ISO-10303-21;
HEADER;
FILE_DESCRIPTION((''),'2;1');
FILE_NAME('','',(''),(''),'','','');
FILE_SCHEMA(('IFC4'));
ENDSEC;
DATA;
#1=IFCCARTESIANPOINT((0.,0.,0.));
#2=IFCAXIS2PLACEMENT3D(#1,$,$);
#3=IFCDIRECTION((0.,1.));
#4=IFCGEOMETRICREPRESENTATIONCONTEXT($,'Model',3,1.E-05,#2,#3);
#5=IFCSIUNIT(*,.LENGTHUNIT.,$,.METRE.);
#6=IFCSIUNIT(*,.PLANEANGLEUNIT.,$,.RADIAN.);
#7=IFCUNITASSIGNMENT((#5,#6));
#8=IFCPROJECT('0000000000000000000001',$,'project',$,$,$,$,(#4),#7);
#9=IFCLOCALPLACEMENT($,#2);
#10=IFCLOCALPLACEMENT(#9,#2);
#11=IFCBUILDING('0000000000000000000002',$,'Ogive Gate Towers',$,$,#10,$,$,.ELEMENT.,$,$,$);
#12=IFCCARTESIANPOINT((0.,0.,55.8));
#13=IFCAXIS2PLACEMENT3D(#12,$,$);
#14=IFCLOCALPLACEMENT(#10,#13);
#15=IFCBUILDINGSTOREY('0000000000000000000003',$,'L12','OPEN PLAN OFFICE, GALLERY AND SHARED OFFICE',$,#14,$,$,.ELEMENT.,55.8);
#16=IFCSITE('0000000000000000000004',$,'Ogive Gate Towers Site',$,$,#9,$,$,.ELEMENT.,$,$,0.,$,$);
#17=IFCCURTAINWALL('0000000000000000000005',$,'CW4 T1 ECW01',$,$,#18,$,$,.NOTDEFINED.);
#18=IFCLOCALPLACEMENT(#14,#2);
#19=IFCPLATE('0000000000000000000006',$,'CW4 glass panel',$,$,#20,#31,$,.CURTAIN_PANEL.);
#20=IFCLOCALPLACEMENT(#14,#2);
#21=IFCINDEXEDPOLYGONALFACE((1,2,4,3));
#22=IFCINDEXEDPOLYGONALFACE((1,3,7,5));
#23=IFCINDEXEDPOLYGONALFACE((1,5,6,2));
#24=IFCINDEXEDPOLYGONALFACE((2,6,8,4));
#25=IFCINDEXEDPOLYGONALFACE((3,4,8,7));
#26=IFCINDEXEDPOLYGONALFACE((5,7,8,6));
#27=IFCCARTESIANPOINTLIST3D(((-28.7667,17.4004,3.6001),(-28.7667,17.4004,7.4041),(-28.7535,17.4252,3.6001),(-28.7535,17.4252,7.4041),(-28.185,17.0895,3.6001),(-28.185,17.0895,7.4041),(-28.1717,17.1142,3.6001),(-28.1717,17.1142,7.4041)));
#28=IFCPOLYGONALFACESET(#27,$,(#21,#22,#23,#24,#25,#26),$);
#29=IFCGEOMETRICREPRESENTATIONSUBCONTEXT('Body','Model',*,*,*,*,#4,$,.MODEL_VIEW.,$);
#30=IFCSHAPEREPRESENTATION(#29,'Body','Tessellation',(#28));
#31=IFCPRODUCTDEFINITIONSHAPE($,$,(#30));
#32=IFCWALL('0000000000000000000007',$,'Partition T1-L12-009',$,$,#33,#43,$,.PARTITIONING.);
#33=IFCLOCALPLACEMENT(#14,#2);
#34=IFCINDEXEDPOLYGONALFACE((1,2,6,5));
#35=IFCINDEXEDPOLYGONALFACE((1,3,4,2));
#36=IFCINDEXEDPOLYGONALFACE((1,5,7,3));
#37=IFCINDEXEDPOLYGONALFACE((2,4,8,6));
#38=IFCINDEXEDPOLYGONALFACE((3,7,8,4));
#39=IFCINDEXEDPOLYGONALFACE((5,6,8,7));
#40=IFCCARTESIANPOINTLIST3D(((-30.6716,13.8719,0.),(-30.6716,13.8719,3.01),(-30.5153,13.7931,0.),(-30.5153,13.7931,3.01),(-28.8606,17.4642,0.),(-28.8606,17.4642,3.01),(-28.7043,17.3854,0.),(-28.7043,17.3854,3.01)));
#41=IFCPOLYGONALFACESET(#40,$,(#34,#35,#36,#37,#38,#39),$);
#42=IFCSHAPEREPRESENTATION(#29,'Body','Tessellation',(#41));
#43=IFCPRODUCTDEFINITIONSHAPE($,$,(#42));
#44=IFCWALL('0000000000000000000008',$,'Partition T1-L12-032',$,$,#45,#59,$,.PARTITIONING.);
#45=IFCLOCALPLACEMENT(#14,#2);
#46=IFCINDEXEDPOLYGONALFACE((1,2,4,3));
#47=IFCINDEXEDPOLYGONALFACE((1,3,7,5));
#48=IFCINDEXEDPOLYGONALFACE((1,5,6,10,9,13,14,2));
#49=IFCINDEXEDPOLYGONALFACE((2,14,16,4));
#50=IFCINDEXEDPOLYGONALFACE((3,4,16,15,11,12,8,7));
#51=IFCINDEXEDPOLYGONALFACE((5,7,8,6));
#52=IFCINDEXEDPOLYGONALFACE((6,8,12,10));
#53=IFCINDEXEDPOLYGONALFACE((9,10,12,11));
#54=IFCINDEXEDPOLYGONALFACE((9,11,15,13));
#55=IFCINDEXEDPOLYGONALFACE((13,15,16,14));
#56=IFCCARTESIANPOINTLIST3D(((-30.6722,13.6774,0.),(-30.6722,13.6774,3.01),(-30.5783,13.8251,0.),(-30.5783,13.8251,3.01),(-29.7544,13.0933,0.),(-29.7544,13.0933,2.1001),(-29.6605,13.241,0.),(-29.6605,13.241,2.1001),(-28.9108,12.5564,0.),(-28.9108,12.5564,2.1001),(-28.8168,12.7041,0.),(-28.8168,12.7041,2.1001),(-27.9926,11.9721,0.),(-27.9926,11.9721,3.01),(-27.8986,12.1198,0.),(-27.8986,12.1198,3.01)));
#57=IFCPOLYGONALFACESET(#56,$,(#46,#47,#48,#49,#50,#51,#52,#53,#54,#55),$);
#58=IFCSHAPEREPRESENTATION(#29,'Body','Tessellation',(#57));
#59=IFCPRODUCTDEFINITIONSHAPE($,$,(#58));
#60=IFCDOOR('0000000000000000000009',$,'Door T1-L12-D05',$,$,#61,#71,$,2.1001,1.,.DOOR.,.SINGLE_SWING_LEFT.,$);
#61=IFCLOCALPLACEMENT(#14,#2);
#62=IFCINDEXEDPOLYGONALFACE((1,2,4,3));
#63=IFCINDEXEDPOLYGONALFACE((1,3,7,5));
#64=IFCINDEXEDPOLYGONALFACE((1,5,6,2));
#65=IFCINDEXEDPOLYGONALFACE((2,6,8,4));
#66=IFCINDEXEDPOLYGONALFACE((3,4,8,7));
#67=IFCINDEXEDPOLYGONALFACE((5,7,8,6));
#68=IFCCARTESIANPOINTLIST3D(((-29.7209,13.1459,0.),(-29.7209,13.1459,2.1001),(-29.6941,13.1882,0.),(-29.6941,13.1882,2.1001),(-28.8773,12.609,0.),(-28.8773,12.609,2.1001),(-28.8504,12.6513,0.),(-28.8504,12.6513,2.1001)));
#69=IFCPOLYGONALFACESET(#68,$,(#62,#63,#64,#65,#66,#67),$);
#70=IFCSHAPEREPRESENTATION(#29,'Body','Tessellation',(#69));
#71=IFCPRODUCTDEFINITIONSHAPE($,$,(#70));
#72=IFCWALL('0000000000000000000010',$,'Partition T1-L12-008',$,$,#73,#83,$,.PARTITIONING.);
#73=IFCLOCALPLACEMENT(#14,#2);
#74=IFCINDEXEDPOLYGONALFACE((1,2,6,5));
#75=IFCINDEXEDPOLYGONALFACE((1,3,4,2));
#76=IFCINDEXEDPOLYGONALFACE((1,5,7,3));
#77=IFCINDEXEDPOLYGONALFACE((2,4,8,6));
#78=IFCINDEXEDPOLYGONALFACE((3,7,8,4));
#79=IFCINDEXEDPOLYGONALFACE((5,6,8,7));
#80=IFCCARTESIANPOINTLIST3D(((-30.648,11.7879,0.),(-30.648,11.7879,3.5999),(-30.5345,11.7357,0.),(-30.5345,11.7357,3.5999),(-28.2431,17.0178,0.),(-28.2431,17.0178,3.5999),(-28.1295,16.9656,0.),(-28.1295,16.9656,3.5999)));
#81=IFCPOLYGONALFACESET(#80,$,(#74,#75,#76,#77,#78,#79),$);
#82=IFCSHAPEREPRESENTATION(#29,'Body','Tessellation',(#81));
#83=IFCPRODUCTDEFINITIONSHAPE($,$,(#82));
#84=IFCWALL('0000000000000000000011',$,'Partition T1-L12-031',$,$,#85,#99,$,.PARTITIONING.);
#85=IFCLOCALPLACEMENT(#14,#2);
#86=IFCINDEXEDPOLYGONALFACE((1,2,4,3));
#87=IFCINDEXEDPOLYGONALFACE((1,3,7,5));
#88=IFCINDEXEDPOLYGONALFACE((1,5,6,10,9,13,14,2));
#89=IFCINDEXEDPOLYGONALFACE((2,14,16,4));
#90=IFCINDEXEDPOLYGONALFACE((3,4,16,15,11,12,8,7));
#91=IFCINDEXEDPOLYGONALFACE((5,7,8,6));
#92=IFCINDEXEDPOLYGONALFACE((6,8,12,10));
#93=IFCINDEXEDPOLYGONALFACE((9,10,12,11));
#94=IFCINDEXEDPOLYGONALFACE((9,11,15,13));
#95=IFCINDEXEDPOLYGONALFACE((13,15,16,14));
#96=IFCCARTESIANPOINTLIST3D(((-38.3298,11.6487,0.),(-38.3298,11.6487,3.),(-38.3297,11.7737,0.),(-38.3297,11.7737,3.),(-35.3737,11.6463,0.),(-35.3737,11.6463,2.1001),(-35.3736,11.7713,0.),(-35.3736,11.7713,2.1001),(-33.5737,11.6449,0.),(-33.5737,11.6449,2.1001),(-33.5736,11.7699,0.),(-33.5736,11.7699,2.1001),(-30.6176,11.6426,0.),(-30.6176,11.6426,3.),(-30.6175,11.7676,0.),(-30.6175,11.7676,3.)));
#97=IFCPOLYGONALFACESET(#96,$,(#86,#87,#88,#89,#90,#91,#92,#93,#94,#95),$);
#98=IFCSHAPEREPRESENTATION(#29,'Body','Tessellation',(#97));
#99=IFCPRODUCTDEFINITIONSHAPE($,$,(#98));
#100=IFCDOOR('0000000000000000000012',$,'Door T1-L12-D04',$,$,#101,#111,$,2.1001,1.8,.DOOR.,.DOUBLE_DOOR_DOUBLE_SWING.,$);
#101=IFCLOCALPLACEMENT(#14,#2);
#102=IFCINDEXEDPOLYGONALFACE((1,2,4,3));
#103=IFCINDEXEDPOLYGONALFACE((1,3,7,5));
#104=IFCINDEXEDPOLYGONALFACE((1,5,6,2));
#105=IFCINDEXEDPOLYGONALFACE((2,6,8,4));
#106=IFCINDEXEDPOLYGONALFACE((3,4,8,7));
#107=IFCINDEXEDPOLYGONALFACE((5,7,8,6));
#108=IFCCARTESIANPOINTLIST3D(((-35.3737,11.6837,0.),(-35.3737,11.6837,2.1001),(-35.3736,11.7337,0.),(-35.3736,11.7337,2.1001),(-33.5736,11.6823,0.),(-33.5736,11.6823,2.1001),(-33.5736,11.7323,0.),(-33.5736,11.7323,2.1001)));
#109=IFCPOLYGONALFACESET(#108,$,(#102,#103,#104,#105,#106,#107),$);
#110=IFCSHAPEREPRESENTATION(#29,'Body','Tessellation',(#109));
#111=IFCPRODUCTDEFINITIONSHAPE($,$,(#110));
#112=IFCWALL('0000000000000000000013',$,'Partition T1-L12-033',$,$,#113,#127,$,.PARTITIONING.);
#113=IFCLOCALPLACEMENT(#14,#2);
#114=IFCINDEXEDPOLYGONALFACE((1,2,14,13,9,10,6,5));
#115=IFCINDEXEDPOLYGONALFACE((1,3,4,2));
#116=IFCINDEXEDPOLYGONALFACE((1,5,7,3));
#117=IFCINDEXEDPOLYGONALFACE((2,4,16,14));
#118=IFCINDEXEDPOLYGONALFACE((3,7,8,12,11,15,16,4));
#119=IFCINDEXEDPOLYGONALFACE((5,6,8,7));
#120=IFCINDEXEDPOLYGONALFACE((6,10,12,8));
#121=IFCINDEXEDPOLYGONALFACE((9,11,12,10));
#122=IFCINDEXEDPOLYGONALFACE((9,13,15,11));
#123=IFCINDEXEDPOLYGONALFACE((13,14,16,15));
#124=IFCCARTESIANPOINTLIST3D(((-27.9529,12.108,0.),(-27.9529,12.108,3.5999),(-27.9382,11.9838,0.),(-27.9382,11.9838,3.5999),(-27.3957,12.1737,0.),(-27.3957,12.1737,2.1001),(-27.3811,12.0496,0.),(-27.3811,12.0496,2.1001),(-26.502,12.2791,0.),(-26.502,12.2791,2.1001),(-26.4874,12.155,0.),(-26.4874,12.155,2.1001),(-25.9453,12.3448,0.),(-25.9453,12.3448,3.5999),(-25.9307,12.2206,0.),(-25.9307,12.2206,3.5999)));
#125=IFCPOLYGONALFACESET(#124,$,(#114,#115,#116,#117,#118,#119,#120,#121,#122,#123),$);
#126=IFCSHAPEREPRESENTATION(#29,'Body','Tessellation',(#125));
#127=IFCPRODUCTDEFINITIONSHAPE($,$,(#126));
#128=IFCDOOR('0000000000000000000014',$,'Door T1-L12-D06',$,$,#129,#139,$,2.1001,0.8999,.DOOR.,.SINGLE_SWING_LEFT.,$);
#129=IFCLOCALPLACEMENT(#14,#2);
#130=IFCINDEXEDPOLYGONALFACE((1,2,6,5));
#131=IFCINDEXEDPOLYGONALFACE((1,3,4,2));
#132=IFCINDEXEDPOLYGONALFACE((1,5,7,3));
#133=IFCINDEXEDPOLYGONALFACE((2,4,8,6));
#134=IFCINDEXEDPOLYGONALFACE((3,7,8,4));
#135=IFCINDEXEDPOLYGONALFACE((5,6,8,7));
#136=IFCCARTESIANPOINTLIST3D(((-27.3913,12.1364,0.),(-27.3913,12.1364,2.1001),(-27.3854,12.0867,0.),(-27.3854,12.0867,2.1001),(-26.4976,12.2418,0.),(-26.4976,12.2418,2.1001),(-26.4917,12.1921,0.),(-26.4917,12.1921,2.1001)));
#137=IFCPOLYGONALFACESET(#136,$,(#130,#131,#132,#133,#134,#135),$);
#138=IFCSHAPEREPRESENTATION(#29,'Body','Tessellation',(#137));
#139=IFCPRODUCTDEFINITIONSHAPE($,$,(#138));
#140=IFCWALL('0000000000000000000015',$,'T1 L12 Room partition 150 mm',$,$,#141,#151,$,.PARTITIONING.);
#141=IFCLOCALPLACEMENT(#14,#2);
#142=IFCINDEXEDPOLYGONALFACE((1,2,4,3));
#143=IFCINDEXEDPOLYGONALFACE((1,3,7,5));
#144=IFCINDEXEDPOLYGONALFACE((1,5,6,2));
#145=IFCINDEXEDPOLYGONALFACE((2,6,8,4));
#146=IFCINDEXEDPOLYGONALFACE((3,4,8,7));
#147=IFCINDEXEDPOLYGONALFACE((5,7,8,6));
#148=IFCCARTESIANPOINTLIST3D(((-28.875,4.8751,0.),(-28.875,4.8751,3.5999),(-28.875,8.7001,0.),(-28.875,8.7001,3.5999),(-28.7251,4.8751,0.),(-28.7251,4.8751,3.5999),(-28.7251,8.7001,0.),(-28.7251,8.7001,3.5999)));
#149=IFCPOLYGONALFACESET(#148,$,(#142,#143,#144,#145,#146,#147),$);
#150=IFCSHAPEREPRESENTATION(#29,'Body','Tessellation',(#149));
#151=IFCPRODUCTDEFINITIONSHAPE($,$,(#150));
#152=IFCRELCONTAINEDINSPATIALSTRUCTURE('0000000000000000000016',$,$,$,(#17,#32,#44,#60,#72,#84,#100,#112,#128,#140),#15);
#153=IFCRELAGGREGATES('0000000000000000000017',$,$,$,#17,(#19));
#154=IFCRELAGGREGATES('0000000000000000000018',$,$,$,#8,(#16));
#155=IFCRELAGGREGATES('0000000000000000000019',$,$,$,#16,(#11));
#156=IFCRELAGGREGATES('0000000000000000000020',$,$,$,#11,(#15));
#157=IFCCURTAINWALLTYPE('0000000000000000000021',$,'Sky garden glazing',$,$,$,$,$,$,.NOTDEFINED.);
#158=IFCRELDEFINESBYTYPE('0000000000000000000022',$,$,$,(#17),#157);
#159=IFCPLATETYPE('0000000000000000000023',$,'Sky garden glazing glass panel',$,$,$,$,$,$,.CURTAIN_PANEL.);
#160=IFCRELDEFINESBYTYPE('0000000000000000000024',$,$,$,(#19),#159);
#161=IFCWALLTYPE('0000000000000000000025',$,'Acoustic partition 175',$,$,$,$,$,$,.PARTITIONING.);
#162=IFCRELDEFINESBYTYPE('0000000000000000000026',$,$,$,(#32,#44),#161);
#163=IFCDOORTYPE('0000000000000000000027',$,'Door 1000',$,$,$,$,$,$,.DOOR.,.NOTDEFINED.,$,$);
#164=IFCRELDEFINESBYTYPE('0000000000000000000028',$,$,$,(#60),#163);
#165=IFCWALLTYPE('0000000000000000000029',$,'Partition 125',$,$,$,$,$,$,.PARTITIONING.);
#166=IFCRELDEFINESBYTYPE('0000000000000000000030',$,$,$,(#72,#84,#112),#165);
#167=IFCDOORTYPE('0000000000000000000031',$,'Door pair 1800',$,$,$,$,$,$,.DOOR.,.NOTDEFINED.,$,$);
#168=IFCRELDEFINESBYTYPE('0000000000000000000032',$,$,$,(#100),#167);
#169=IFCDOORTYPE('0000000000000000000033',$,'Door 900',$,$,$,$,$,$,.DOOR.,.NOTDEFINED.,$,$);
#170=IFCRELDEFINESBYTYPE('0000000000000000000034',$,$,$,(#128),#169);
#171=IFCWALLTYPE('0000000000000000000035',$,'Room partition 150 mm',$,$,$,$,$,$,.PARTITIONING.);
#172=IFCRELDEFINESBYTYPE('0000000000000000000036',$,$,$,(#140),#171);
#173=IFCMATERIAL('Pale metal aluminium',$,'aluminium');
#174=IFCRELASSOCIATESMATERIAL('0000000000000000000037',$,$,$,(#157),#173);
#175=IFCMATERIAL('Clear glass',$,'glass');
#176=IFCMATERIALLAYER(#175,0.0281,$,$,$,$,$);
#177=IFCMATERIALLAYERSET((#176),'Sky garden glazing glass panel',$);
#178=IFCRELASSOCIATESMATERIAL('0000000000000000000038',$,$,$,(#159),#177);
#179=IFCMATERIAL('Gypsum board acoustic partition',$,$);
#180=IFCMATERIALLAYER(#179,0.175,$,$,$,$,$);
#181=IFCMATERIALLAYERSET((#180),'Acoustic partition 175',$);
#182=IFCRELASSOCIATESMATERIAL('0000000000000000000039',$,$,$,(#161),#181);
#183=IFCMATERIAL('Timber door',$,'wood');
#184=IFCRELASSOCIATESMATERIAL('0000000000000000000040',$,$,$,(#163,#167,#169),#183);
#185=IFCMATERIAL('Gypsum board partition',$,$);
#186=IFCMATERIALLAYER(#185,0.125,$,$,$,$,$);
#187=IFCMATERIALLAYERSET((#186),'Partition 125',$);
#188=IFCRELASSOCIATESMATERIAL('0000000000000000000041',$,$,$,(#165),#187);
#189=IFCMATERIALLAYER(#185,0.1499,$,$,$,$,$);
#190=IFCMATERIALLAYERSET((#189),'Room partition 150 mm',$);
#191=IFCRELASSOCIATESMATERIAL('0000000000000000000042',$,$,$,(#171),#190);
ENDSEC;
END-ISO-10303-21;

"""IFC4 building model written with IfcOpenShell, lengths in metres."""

from ifc_helpers import new_model, si_unit, direction, frame, frame_2d, origin, origin_2d, place, context, subcontext, project, spatial, rectangle, extrude, material, layer, layer_set, type_object, element, fill, aggregate, save


model = new_model("IFC4")

# Units and contexts
model_context = context("Model", 3, precision=1e-05, world=origin(), true_north=direction((0.0, 1.0)))
body_context = subcontext(model_context, "Body", "Model", "MODEL_VIEW")
ifc_project = project(units=[si_unit("LENGTHUNIT", "METRE"), si_unit("PLANEANGLEUNIT", "RADIAN")], contexts=[model_context])

# Site, building, storey
site_placement = place(None, origin())
site = spatial("IfcSite", under=ifc_project, at=site_placement, Name="Ogive Gate Towers Site", CompositionType="ELEMENT", RefElevation=0.0)
building_placement = place(site_placement, origin())
building = spatial("IfcBuilding", under=site, at=building_placement, Name="Ogive Gate Towers", CompositionType="ELEMENT")
storey_placement = place(building_placement, frame((0.0, 0.0, 55.8)))
storey = spatial("IfcBuildingStorey", under=building, at=storey_placement, Name="L12", Description="OPEN PLAN OFFICE, GALLERY AND SHARED OFFICE", CompositionType="ELEMENT", Elevation=55.8)

# Curtain wall
ifc_material_1 = material(Name="Pale metal aluminium", Category="aluminium")
curtain_wall_type = type_object("IfcCurtainWallType", Name="Sky garden glazing", PredefinedType="NOTDEFINED", material=ifc_material_1)
curtain_wall_placement = place(storey_placement, origin())
curtain_wall = element("IfcCurtainWall", 1, at=curtain_wall_placement, inside=storey, type_object=curtain_wall_type, Name="CW4 T1 ECW01", PredefinedType="NOTDEFINED")

# Plate
ifc_material_2 = material(Name="Clear glass", Category="glass")
ifc_layer_1 = layer(ifc_material_2, 0.0281)
ifc_layer_set_1 = layer_set([ifc_layer_1], Name="Sky garden glazing glass panel")
plate_type = type_object("IfcPlateType", Name="Sky garden glazing glass panel", PredefinedType="CURTAIN_PANEL", material=ifc_layer_set_1)
plate_1_placement = place(storey_placement, frame((-28.4692, 17.2573, 3.6001), z_axis=(0.0, 0.0, 1.0), x_axis=(0.881905, -0.471428, 0.0)))
plate_1 = element("IfcPlate", 2, at=plate_1_placement, type_object=plate_type, Name="CW4 glass panel", PredefinedType="CURTAIN_PANEL", context=body_context, shape_type="SweptSolid", body=[
    extrude(rectangle(XDim=0.6597, YDim=0.0281, at=origin_2d()), origin(), (0.0, 0.0, 1.0), 3.804),
])
aggregate(curtain_wall, [plate_1])

# Wall
ifc_material_3 = material(Name="Gypsum board acoustic partition")
ifc_layer_2 = layer(ifc_material_3, 0.175)
ifc_layer_set_2 = layer_set([ifc_layer_2], Name="Acoustic partition 175")
wall_type_1 = type_object("IfcWallType", Name="Acoustic partition 175", PredefinedType="PARTITIONING", material=ifc_layer_set_2)
wall_1_placement = place(storey_placement, frame((-28.7825, 17.4248, 0.0), z_axis=(0.0, 0.0, 1.0), x_axis=(-0.450173, -0.892942, 0.0)))
element("IfcWall", 3, at=wall_1_placement, inside=storey, type_object=wall_type_1, Name="Partition T1-L12-009", PredefinedType="PARTITIONING", context=body_context, shape_type="SweptSolid", body=[
    extrude(rectangle(XDim=4.0229, YDim=0.175, at=frame_2d((2.0115, 0.0))), origin(), (0.0, 0.0, 1.0), 3.01),
])

# Wall, opening, door
wall_2_placement = place(storey_placement, frame((-30.6252, 13.7512, 0.0), z_axis=(0.0, 0.0, 1.0), x_axis=(0.843652, -0.53689, 0.0)))
wall_2 = element("IfcWall", 4, at=wall_2_placement, inside=storey, type_object=wall_type_1, Name="Partition T1-L12-032", PredefinedType="PARTITIONING", context=body_context, shape_type="SweptSolid", body=[
    extrude(rectangle(XDim=3.1763, YDim=0.175, at=frame_2d((1.5881, 0.0))), origin(), (0.0, 0.0, 1.0), 3.01),
])
opening_1_placement = place(wall_2_placement, frame((1.0879, 0.0, 0.0)))
opening_1 = element("IfcOpeningElement", 5, at=opening_1_placement, cuts=wall_2, PredefinedType="OPENING", context=body_context, shape_type="SweptSolid", body=[
    extrude(rectangle(XDim=1.0, YDim=2.1001, at=frame_2d((0.5, 1.05))), frame((0.0, 0.0977, 0.0), z_axis=(0.0, -1.0, 0.0), x_axis=(1.0, 0.0, 0.0)), (0.0, 0.0, 1.0), 0.1951),
])
ifc_material_4 = material(Name="Timber door", Category="wood")
door_type_1 = type_object("IfcDoorType", Name="Door 1000", OperationType="NOTDEFINED", PredefinedType="DOOR", material=ifc_material_4)
door_1_placement = place(opening_1_placement, origin())
door_1 = element("IfcDoor", 6, at=door_1_placement, inside=storey, type_object=door_type_1, Name="Door T1-L12-D05", OperationType="SINGLE_SWING_LEFT", OverallHeight=2.1001, OverallWidth=1.0, PredefinedType="DOOR", context=body_context, shape_type="SweptSolid", body=[
    extrude(rectangle(XDim=1.0, YDim=2.1001, at=frame_2d((0.5, 1.05))), frame((0.0, 0.0249, 0.0), z_axis=(0.0, -1.0, 0.0), x_axis=(1.0, 0.0, 0.0)), (0.0, 0.0, 1.0), 0.05),
])
fill(opening_1, door_1)

# Wall
ifc_material_5 = material(Name="Gypsum board partition")
ifc_layer_3 = layer(ifc_material_5, 0.125)
ifc_layer_set_3 = layer_set([ifc_layer_3], Name="Partition 125")
wall_type_2 = type_object("IfcWallType", Name="Partition 125", PredefinedType="PARTITIONING", material=ifc_layer_set_3)
wall_3_placement = place(storey_placement, frame((-28.1863, 16.9917, 0.0), z_axis=(0.0, 0.0, 1.0), x_axis=(-0.417796, -0.908541, 0.0)))
element("IfcWall", 7, at=wall_3_placement, inside=storey, type_object=wall_type_2, Name="Partition T1-L12-008", PredefinedType="PARTITIONING", context=body_context, shape_type="SweptSolid", body=[
    extrude(rectangle(XDim=5.7563, YDim=0.125, at=frame_2d((2.8782, 0.0))), origin(), (0.0, 0.0, 1.0), 3.5999),
])

# Walls, openings, doors
wall_4_placement = place(storey_placement, frame((-38.3296, 11.7112, 0.0), z_axis=(0.0, 0.0, 1.0), x_axis=(1.0, -0.000791, 0.0)))
wall_4 = element("IfcWall", 8, at=wall_4_placement, inside=storey, type_object=wall_type_2, Name="Partition T1-L12-031", PredefinedType="PARTITIONING", context=body_context, shape_type="SweptSolid", body=[
    extrude(rectangle(XDim=7.7122, YDim=0.125, at=frame_2d((3.856, 0.0))), origin(), (0.0, 0.0, 1.0), 3.0),
])
opening_2_placement = place(wall_4_placement, frame((2.9561, 0.0, 0.0)))
opening_2 = element("IfcOpeningElement", 9, at=opening_2_placement, cuts=wall_4, PredefinedType="OPENING", context=body_context, shape_type="SweptSolid", body=[
    extrude(rectangle(XDim=1.8, YDim=2.1001, at=frame_2d((0.8999, 1.05))), frame((0.0, 0.0725, 0.0), z_axis=(0.0, -1.0, 0.0), x_axis=(1.0, 0.0, 0.0)), (0.0, 0.0, 1.0), 0.145),
])
door_type_2 = type_object("IfcDoorType", Name="Door pair 1800", OperationType="NOTDEFINED", PredefinedType="DOOR", material=ifc_material_4)
door_2_placement = place(opening_2_placement, origin())
door_2 = element("IfcDoor", 10, at=door_2_placement, inside=storey, type_object=door_type_2, Name="Door T1-L12-D04", OperationType="DOUBLE_DOOR_DOUBLE_SWING", OverallHeight=2.1001, OverallWidth=1.8, PredefinedType="DOOR", context=body_context, shape_type="SweptSolid", body=[
    extrude(rectangle(XDim=1.8, YDim=2.1001, at=frame_2d((0.8999, 1.05))), frame((0.0, 0.0249, 0.0), z_axis=(0.0, -1.0, 0.0), x_axis=(1.0, 0.0, 0.0)), (0.0, 0.0, 1.0), 0.05),
])
fill(opening_2, door_2)
wall_5_placement = place(storey_placement, frame((-27.9456, 12.0459, 0.0), z_axis=(0.0, 0.0, 1.0), x_axis=(0.993114, 0.11715, 0.0)))
wall_5 = element("IfcWall", 11, at=wall_5_placement, inside=storey, type_object=wall_type_2, Name="Partition T1-L12-033", PredefinedType="PARTITIONING", context=body_context, shape_type="SweptSolid", body=[
    extrude(rectangle(XDim=2.0215, YDim=0.125, at=frame_2d((1.0107, 0.0))), origin(), (0.0, 0.0, 1.0), 3.5999),
])
opening_3_placement = place(wall_5_placement, frame((0.561, 0.0, 0.0)))
opening_3 = element("IfcOpeningElement", 12, at=opening_3_placement, cuts=wall_5, PredefinedType="OPENING", context=body_context, shape_type="SweptSolid", body=[
    extrude(rectangle(XDim=0.8999, YDim=2.1001, at=frame_2d((0.45, 1.05))), frame((0.0, 0.0725, 0.0), z_axis=(0.0, -1.0, 0.0), x_axis=(1.0, 0.0, 0.0)), (0.0, 0.0, 1.0), 0.145),
])
door_type_3 = type_object("IfcDoorType", Name="Door 900", OperationType="NOTDEFINED", PredefinedType="DOOR", material=ifc_material_4)
door_3_placement = place(opening_3_placement, origin())
door_3 = element("IfcDoor", 13, at=door_3_placement, inside=storey, type_object=door_type_3, Name="Door T1-L12-D06", OperationType="SINGLE_SWING_LEFT", OverallHeight=2.1001, OverallWidth=0.8999, PredefinedType="DOOR", context=body_context, shape_type="SweptSolid", body=[
    extrude(rectangle(XDim=0.8999, YDim=2.1001, at=frame_2d((0.45, 1.05))), frame((0.0, 0.0249, 0.0), z_axis=(0.0, -1.0, 0.0), x_axis=(1.0, 0.0, 0.0)), (0.0, 0.0, 1.0), 0.05),
])
fill(opening_3, door_3)

# Wall
ifc_layer_4 = layer(ifc_material_5, 0.1499)
ifc_layer_set_4 = layer_set([ifc_layer_4], Name="Room partition 150 mm")
wall_type_3 = type_object("IfcWallType", Name="Room partition 150 mm", PredefinedType="PARTITIONING", material=ifc_layer_set_4)
wall_6_placement = place(storey_placement, frame((-28.8, 4.875, 0.0), z_axis=(0.0, 0.0, 1.0), x_axis=(0.0, 1.0, 0.0)))
element("IfcWall", 14, at=wall_6_placement, inside=storey, type_object=wall_type_3, Name="T1 L12 Room partition 150 mm", PredefinedType="PARTITIONING", context=body_context, shape_type="SweptSolid", body=[
    extrude(rectangle(XDim=3.825, YDim=0.1499, at=frame_2d((1.9126, 0.0))), origin(), (0.0, 0.0, 1.0), 3.5999),
])

save(model, "model.ifc")
